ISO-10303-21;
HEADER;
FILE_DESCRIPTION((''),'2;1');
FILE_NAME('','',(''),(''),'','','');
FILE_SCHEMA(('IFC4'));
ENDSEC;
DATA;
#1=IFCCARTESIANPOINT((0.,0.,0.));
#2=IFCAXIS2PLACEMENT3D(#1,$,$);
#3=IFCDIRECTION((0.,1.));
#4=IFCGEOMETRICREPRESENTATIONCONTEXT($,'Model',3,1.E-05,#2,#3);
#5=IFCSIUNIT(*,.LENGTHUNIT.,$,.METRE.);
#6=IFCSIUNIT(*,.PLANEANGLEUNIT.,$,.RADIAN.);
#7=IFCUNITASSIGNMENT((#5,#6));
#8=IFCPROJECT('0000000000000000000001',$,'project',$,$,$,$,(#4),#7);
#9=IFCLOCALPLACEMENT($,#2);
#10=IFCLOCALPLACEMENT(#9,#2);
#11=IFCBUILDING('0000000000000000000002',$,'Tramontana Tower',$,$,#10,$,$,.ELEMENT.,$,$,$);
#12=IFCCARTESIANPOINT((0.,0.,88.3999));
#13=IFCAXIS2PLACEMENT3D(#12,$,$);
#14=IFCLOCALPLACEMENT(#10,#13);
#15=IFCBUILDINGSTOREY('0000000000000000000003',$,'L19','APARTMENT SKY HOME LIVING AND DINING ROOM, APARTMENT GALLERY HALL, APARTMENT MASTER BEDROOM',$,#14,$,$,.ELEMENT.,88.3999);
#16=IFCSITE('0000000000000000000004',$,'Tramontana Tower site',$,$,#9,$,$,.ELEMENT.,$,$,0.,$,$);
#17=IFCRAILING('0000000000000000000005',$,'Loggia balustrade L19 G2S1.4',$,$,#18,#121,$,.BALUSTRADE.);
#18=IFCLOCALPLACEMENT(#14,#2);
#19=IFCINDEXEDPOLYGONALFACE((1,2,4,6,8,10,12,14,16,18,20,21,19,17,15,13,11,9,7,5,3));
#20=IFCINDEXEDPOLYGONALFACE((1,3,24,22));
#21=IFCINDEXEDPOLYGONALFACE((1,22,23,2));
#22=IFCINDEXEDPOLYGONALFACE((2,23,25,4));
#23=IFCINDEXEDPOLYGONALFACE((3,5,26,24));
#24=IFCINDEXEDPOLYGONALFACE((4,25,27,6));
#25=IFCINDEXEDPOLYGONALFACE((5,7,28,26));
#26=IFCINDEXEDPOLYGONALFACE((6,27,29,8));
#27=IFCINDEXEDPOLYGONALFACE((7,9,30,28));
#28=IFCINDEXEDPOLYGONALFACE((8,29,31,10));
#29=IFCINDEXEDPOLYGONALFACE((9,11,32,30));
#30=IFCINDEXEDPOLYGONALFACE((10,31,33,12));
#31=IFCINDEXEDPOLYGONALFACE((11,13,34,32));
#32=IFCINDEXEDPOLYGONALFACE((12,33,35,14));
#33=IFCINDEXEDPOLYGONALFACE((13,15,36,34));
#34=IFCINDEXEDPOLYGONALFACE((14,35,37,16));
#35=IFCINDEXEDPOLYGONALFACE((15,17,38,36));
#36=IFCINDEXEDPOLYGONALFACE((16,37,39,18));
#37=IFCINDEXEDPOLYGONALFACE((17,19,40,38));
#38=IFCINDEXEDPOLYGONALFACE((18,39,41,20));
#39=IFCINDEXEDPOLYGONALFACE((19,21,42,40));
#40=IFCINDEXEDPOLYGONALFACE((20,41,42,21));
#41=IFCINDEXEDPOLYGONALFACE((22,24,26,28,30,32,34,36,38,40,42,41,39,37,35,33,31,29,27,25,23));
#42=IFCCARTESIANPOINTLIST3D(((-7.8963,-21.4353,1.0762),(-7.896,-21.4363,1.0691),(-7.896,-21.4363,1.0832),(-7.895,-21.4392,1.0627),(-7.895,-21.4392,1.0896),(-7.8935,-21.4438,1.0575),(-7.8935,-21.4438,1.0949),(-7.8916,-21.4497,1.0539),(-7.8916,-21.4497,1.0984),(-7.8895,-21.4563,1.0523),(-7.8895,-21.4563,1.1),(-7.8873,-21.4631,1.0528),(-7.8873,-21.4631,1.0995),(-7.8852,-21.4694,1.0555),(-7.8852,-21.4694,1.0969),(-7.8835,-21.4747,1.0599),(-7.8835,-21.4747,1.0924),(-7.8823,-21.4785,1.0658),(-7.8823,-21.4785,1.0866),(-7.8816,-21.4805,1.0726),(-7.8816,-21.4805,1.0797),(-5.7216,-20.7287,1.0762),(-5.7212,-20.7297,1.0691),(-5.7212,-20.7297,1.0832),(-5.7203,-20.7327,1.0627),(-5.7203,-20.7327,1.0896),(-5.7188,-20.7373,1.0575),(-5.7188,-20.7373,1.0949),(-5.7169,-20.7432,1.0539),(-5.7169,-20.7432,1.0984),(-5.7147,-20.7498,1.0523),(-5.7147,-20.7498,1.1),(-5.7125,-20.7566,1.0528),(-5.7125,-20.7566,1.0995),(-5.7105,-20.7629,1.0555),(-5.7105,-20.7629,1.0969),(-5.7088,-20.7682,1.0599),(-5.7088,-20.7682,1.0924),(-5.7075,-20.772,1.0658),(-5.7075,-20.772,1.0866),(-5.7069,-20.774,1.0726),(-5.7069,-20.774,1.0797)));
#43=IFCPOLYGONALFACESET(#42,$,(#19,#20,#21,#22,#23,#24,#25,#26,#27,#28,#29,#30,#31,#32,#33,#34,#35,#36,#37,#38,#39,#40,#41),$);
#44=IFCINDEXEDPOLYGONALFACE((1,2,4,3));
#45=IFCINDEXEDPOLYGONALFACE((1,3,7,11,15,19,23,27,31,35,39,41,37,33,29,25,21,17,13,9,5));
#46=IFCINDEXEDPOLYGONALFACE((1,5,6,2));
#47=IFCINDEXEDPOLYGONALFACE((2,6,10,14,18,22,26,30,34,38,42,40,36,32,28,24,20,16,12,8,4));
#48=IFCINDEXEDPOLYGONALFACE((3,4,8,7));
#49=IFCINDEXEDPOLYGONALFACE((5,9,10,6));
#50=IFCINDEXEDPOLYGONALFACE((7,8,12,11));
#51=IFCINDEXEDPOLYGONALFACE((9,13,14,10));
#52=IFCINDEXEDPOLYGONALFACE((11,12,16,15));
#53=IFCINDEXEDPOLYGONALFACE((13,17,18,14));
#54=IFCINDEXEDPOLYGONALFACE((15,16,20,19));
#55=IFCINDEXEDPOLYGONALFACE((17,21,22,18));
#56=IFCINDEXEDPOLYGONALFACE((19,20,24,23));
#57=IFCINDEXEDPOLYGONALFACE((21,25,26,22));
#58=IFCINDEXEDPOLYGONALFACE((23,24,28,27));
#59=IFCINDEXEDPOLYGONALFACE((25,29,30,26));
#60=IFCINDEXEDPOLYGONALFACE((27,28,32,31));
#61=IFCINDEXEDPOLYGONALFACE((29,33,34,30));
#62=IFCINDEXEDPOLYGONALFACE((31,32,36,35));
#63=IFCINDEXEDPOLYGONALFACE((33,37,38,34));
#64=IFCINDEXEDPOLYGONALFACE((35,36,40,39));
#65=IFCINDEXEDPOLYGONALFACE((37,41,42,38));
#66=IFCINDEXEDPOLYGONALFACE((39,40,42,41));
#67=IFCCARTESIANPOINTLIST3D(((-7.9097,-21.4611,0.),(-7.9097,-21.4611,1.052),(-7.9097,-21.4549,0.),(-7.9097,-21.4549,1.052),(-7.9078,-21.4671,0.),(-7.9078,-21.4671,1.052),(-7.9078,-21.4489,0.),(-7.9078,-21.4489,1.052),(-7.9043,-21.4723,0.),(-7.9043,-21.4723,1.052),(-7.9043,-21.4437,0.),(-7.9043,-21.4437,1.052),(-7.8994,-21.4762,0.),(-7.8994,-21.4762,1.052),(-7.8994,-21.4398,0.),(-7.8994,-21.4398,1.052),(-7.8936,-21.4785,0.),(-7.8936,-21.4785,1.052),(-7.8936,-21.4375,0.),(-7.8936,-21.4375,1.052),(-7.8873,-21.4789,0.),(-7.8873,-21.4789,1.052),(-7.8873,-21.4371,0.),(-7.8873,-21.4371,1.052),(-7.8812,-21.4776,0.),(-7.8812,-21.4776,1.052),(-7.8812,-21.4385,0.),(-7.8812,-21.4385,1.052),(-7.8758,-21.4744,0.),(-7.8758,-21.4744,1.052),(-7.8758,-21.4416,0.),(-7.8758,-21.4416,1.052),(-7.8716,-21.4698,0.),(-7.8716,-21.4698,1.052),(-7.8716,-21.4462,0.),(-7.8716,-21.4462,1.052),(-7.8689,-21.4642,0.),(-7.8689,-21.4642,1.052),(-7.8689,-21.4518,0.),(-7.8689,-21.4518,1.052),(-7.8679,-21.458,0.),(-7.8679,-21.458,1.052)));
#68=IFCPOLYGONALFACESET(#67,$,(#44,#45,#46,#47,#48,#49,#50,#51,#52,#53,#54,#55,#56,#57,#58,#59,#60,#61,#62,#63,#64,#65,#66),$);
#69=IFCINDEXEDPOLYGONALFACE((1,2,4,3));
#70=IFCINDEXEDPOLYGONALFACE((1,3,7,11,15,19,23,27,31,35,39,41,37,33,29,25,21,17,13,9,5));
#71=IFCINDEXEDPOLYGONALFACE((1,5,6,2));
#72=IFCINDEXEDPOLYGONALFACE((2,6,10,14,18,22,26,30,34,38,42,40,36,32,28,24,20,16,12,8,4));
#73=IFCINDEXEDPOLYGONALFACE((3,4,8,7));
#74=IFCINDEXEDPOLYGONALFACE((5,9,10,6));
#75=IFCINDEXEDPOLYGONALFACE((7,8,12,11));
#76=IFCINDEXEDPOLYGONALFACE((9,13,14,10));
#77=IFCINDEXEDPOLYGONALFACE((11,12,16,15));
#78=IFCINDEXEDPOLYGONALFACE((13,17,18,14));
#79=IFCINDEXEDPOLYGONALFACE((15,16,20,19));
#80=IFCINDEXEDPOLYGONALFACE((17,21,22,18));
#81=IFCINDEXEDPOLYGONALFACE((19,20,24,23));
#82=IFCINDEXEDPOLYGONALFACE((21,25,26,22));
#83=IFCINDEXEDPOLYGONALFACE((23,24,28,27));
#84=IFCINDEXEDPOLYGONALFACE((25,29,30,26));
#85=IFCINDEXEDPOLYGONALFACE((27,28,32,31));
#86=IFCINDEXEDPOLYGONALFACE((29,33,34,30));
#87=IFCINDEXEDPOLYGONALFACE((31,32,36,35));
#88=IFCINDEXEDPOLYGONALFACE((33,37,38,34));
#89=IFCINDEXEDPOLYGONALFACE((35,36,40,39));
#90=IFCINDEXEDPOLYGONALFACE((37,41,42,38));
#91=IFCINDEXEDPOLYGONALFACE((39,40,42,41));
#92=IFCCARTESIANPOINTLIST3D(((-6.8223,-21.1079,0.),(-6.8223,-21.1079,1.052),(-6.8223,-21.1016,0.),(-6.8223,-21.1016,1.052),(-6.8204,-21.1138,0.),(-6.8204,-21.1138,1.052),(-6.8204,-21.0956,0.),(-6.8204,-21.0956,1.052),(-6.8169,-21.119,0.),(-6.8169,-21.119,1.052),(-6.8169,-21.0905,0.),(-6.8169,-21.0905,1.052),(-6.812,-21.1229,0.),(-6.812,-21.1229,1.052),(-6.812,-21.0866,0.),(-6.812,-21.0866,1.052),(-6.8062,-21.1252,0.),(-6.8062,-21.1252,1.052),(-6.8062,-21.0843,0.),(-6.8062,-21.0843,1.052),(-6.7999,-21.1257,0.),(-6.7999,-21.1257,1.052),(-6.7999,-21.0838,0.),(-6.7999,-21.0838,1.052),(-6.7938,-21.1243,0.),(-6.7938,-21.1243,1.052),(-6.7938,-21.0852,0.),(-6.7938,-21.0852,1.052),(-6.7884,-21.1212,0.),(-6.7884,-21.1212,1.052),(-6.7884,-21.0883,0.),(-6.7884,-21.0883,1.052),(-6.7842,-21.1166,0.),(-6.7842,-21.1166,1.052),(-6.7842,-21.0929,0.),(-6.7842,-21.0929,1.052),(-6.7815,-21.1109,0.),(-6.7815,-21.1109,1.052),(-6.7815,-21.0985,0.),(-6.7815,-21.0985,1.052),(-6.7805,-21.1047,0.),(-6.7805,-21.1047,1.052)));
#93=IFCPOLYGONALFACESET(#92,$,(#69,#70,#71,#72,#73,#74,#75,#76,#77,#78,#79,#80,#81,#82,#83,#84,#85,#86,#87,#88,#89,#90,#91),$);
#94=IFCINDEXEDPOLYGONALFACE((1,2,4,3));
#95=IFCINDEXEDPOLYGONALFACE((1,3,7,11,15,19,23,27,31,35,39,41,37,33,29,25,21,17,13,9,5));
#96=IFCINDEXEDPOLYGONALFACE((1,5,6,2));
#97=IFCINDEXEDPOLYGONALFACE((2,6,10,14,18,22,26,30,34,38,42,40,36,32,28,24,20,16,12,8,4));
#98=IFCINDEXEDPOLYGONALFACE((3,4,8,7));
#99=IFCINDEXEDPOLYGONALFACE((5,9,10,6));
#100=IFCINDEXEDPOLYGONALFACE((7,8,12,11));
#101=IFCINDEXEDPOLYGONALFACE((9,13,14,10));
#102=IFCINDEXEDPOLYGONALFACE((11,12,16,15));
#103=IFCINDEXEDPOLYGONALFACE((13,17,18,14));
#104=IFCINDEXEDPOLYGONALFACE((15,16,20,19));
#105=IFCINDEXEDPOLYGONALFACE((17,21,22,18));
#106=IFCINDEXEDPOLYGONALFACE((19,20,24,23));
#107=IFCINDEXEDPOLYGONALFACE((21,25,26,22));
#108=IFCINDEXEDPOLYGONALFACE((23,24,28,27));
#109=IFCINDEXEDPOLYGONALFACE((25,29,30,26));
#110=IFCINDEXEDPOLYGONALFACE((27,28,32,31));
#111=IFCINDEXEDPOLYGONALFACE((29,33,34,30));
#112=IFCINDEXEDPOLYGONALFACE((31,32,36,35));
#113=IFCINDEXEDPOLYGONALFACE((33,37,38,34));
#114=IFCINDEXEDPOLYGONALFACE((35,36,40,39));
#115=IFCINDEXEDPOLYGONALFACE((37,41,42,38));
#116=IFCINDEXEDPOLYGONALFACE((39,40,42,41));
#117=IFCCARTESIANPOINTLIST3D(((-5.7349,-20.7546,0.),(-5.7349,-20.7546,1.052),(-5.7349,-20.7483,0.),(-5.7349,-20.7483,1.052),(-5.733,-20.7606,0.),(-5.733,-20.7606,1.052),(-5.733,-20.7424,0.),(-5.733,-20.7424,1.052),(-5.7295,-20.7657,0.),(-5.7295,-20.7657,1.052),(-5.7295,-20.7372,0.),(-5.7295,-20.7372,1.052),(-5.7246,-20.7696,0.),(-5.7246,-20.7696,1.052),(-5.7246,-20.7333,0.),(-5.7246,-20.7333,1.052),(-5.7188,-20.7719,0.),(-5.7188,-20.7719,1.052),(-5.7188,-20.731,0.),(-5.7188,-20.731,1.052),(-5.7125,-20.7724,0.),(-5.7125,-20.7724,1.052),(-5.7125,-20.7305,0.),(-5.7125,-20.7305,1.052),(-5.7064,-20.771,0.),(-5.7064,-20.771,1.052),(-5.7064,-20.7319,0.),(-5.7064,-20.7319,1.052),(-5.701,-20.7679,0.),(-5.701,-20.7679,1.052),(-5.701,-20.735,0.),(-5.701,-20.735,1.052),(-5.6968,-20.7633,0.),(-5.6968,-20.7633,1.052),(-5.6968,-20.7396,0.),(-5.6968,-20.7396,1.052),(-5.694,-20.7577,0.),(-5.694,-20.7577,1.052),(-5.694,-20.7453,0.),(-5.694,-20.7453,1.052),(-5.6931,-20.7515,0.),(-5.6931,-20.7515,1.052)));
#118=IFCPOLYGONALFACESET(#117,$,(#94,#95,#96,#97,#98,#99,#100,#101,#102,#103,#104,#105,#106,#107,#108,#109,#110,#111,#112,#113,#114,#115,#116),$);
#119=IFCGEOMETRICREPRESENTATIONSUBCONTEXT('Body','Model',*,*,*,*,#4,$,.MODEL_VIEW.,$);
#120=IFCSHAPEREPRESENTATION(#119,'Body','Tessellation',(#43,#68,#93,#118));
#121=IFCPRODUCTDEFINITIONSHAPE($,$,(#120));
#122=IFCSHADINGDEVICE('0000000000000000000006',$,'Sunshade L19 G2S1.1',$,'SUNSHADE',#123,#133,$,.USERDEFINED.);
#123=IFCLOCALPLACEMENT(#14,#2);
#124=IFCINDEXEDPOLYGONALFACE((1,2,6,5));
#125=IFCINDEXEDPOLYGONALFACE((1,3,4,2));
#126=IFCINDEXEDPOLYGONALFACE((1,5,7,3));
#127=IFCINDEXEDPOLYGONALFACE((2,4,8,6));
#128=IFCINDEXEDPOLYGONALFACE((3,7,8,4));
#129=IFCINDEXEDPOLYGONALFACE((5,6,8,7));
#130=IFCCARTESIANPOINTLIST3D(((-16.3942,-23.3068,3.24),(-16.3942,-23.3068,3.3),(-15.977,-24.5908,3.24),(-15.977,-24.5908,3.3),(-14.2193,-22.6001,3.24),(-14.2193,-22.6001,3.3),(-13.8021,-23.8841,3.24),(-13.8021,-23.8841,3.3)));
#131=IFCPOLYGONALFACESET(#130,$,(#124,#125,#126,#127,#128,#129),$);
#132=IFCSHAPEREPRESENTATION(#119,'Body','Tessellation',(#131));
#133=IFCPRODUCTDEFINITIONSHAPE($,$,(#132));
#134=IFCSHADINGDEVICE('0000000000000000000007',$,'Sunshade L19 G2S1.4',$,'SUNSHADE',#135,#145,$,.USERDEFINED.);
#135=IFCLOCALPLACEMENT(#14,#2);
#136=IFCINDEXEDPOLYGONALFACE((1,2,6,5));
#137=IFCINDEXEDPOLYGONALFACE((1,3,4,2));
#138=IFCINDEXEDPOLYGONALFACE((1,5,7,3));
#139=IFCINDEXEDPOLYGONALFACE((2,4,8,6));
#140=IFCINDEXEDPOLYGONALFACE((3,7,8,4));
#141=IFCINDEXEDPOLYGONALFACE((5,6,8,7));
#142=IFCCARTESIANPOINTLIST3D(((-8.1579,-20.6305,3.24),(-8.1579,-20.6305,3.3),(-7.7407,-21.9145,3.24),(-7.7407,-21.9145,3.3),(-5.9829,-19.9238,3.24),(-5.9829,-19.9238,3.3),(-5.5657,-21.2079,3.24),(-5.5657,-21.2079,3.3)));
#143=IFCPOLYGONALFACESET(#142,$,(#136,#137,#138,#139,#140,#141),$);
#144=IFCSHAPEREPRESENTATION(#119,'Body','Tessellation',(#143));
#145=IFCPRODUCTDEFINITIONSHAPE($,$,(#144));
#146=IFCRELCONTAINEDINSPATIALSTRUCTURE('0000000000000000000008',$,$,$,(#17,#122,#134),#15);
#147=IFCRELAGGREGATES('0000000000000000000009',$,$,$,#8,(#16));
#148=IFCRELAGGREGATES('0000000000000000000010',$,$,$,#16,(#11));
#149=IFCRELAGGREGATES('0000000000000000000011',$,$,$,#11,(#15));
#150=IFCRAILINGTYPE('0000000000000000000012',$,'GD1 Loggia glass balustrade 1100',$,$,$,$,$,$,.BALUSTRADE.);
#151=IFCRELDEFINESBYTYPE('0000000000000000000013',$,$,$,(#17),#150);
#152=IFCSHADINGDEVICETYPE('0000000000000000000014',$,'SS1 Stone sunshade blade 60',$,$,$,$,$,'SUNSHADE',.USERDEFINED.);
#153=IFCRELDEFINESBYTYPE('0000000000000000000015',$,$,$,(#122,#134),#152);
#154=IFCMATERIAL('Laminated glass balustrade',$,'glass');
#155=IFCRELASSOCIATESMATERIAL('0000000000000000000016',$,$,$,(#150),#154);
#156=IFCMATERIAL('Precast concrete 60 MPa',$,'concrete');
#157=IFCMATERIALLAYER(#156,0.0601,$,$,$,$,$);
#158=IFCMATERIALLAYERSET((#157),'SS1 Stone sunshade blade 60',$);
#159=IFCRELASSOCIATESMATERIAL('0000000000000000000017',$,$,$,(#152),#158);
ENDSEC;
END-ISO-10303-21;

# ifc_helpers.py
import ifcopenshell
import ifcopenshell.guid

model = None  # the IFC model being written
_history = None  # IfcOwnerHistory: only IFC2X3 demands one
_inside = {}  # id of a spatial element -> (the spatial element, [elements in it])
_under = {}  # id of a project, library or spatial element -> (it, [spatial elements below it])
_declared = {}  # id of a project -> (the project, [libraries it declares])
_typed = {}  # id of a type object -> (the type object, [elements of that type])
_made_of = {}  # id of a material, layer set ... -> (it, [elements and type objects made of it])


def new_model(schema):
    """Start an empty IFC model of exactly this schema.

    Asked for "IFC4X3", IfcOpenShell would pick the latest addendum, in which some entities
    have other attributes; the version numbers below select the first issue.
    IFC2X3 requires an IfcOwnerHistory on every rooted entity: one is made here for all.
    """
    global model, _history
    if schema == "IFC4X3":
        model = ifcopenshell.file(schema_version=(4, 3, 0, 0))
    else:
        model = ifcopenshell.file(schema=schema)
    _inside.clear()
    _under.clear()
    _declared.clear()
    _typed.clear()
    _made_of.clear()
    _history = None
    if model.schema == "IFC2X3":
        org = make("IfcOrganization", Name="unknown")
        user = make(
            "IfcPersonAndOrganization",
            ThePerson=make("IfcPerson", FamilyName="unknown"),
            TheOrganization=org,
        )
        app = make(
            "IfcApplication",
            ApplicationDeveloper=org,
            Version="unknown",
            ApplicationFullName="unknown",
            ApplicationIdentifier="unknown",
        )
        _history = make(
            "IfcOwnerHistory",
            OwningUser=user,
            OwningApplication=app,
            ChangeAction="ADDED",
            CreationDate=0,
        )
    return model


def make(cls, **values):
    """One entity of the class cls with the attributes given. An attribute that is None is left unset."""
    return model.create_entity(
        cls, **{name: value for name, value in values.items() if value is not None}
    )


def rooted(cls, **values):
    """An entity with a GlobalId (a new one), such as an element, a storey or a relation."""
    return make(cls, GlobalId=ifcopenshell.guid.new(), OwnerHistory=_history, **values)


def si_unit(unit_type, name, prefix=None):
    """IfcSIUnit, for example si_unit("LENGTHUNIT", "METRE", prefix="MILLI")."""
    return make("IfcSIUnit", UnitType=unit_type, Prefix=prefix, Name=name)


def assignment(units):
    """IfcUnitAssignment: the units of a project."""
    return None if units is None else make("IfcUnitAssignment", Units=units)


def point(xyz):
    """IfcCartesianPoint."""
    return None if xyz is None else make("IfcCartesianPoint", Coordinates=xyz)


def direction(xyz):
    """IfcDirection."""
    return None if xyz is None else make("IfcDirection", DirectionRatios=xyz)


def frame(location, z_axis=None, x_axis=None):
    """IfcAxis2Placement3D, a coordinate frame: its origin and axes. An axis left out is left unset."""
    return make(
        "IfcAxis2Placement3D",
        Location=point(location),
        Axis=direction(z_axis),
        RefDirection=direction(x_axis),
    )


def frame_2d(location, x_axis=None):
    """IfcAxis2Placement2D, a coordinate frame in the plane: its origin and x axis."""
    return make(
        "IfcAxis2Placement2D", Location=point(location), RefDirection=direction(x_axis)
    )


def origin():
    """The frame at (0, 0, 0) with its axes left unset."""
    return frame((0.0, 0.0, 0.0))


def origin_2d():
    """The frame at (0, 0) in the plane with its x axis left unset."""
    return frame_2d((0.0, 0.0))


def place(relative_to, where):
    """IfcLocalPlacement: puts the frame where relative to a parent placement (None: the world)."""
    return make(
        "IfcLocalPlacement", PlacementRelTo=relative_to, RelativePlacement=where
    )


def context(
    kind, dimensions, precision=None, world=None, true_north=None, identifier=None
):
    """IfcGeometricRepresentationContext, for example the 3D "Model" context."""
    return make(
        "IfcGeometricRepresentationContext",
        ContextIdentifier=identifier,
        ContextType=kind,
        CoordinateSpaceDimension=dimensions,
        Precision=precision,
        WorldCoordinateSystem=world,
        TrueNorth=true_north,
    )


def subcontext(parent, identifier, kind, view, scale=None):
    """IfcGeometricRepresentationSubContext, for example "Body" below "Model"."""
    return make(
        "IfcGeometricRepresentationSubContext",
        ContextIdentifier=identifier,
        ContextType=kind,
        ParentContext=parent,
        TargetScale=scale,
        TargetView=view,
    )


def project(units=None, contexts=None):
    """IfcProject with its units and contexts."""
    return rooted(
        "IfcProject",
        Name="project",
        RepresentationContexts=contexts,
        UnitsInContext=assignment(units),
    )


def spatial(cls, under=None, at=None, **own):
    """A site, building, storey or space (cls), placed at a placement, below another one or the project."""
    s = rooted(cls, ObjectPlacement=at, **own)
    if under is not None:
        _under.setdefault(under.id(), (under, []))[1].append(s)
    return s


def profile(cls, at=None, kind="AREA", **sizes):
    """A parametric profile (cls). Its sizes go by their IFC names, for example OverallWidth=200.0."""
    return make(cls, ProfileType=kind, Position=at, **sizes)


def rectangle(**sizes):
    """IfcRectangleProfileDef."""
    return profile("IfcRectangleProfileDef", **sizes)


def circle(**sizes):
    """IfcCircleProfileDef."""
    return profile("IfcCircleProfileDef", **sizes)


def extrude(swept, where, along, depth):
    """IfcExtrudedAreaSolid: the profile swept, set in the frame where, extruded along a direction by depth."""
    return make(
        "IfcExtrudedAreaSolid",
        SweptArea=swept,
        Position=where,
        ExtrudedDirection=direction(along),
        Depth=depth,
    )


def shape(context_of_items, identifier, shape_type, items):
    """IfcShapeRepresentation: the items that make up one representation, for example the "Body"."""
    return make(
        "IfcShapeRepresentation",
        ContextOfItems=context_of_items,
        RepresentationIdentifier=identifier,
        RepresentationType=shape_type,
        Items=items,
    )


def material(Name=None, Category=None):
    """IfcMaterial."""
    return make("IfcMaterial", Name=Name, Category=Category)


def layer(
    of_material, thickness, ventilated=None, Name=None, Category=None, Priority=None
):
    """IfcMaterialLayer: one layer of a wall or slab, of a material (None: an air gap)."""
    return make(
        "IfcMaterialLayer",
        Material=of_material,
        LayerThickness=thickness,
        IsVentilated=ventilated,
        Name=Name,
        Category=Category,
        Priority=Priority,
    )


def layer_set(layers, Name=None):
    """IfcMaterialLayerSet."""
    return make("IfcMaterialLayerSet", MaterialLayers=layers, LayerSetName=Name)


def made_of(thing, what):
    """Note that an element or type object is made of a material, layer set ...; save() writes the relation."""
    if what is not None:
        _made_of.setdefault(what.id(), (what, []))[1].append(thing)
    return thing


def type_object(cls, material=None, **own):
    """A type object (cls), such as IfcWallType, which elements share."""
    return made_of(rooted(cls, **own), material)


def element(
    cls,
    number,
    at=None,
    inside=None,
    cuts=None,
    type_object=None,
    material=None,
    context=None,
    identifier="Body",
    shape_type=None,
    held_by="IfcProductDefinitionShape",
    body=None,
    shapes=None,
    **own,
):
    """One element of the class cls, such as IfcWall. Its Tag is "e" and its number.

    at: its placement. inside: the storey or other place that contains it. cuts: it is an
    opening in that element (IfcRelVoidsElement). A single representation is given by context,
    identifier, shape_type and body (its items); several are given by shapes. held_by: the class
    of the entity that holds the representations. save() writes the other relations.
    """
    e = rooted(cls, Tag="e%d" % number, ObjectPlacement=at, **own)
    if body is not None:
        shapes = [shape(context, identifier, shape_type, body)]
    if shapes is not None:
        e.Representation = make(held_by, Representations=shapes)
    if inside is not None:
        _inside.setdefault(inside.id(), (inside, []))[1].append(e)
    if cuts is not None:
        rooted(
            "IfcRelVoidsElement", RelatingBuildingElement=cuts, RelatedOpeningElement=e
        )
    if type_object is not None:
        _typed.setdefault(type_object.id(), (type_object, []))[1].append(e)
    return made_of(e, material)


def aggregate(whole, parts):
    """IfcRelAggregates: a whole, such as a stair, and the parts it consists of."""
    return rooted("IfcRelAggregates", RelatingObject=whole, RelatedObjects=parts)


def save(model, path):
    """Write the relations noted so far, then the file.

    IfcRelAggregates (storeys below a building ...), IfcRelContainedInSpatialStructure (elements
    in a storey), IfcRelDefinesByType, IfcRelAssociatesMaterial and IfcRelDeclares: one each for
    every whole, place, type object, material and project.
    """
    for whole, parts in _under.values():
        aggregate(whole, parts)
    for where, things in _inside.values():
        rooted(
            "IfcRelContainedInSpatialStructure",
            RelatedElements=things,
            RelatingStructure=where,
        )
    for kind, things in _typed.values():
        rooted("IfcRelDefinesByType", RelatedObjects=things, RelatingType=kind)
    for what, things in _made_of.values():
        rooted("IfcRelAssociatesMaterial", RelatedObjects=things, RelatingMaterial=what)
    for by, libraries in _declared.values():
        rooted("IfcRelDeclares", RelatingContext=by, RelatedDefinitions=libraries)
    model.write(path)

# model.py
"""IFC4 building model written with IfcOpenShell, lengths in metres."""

from ifc_helpers import new_model, si_unit, direction, frame, origin, origin_2d, place, context, subcontext, project, spatial, rectangle, circle, extrude, material, layer, layer_set, type_object, element, save


model = new_model("IFC4")

# Units and contexts
model_context = context("Model", 3, precision=1e-05, world=origin(), true_north=direction((0.0, 1.0)))
body_context = subcontext(model_context, "Body", "Model", "MODEL_VIEW")
ifc_project = project(units=[si_unit("LENGTHUNIT", "METRE"), si_unit("PLANEANGLEUNIT", "RADIAN")], contexts=[model_context])

# Site, building, storey
site_placement = place(None, origin())
site = spatial("IfcSite", under=ifc_project, at=site_placement, Name="Tramontana Tower site", CompositionType="ELEMENT", RefElevation=0.0)
building_placement = place(site_placement, origin())
building = spatial("IfcBuilding", under=site, at=building_placement, Name="Tramontana Tower", CompositionType="ELEMENT")
storey_placement = place(building_placement, frame((0.0, 0.0, 88.3999)))
storey = spatial("IfcBuildingStorey", under=building, at=storey_placement, Name="L19", Description="APARTMENT SKY HOME LIVING AND DINING ROOM, APARTMENT GALLERY HALL, APARTMENT MASTER BEDROOM", CompositionType="ELEMENT", Elevation=88.3999)

# Railing
ifc_material_1 = material(Name="Laminated glass balustrade", Category="glass")
railing_type = type_object("IfcRailingType", Name="GD1 Loggia glass balustrade 1100", PredefinedType="BALUSTRADE", material=ifc_material_1)
railing_1_placement = place(storey_placement, frame((-7.8889, -21.458, 0.0)))
element("IfcRailing", 1, at=railing_1_placement, inside=storey, type_object=railing_type, Name="Loggia balustrade L19 G2S1.4", PredefinedType="BALUSTRADE", context=body_context, shape_type="SweptSolid", body=[
    extrude(circle(Radius=0.0239, at=origin_2d()), frame((0.0, 0.0, 1.0762), z_axis=(0.951069, 0.30898, 0.0), x_axis=(-0.30898, 0.951069, 0.0)), (0.0, 0.0, 1.0), 2.2866),
    extrude(circle(Radius=0.021, at=origin_2d()), origin(), (0.0, 0.0, 1.0), 1.052),
    extrude(circle(Radius=0.021, at=origin_2d()), frame((1.0874, 0.3533, 0.0)), (0.0, 0.0, 1.0), 1.052),
    extrude(circle(Radius=0.021, at=origin_2d()), frame((2.1748, 0.7065, 0.0)), (0.0, 0.0, 1.0), 1.052),
])

# Shading devices
ifc_material_2 = material(Name="Precast concrete 60 MPa", Category="concrete")
ifc_layer_1 = layer(ifc_material_2, 0.0601)
ifc_layer_set_1 = layer_set([ifc_layer_1], Name="SS1 Stone sunshade blade 60")
shading_device_type = type_object("IfcShadingDeviceType", Name="SS1 Stone sunshade blade 60", ElementType="SUNSHADE", PredefinedType="USERDEFINED", material=ifc_layer_set_1)
for number, where, z_axis, x_axis, name in (
    (2, (-15.0981, -23.5955, 3.24), (0.0, 0.0, 1.0), (0.951057, 0.309017, 0.0), "Sunshade L19 G2S1.1"),
    (3, (-6.8618, -20.9192, 3.24), (0.0, 0.0, 1.0), (0.951057, 0.309017, 0.0), "Sunshade L19 G2S1.4"),
):
    element("IfcShadingDevice", number, at=place(storey_placement, frame(where, z_axis=z_axis, x_axis=x_axis)), inside=storey, type_object=shading_device_type, Name=name, ObjectType="SUNSHADE", PredefinedType="USERDEFINED", context=body_context, shape_type="SweptSolid", body=[
        extrude(rectangle(XDim=2.2869, YDim=1.3501, at=origin_2d()), origin(), (0.0, 0.0, 1.0), 0.0601),
    ])

save(model, "model.ifc")
